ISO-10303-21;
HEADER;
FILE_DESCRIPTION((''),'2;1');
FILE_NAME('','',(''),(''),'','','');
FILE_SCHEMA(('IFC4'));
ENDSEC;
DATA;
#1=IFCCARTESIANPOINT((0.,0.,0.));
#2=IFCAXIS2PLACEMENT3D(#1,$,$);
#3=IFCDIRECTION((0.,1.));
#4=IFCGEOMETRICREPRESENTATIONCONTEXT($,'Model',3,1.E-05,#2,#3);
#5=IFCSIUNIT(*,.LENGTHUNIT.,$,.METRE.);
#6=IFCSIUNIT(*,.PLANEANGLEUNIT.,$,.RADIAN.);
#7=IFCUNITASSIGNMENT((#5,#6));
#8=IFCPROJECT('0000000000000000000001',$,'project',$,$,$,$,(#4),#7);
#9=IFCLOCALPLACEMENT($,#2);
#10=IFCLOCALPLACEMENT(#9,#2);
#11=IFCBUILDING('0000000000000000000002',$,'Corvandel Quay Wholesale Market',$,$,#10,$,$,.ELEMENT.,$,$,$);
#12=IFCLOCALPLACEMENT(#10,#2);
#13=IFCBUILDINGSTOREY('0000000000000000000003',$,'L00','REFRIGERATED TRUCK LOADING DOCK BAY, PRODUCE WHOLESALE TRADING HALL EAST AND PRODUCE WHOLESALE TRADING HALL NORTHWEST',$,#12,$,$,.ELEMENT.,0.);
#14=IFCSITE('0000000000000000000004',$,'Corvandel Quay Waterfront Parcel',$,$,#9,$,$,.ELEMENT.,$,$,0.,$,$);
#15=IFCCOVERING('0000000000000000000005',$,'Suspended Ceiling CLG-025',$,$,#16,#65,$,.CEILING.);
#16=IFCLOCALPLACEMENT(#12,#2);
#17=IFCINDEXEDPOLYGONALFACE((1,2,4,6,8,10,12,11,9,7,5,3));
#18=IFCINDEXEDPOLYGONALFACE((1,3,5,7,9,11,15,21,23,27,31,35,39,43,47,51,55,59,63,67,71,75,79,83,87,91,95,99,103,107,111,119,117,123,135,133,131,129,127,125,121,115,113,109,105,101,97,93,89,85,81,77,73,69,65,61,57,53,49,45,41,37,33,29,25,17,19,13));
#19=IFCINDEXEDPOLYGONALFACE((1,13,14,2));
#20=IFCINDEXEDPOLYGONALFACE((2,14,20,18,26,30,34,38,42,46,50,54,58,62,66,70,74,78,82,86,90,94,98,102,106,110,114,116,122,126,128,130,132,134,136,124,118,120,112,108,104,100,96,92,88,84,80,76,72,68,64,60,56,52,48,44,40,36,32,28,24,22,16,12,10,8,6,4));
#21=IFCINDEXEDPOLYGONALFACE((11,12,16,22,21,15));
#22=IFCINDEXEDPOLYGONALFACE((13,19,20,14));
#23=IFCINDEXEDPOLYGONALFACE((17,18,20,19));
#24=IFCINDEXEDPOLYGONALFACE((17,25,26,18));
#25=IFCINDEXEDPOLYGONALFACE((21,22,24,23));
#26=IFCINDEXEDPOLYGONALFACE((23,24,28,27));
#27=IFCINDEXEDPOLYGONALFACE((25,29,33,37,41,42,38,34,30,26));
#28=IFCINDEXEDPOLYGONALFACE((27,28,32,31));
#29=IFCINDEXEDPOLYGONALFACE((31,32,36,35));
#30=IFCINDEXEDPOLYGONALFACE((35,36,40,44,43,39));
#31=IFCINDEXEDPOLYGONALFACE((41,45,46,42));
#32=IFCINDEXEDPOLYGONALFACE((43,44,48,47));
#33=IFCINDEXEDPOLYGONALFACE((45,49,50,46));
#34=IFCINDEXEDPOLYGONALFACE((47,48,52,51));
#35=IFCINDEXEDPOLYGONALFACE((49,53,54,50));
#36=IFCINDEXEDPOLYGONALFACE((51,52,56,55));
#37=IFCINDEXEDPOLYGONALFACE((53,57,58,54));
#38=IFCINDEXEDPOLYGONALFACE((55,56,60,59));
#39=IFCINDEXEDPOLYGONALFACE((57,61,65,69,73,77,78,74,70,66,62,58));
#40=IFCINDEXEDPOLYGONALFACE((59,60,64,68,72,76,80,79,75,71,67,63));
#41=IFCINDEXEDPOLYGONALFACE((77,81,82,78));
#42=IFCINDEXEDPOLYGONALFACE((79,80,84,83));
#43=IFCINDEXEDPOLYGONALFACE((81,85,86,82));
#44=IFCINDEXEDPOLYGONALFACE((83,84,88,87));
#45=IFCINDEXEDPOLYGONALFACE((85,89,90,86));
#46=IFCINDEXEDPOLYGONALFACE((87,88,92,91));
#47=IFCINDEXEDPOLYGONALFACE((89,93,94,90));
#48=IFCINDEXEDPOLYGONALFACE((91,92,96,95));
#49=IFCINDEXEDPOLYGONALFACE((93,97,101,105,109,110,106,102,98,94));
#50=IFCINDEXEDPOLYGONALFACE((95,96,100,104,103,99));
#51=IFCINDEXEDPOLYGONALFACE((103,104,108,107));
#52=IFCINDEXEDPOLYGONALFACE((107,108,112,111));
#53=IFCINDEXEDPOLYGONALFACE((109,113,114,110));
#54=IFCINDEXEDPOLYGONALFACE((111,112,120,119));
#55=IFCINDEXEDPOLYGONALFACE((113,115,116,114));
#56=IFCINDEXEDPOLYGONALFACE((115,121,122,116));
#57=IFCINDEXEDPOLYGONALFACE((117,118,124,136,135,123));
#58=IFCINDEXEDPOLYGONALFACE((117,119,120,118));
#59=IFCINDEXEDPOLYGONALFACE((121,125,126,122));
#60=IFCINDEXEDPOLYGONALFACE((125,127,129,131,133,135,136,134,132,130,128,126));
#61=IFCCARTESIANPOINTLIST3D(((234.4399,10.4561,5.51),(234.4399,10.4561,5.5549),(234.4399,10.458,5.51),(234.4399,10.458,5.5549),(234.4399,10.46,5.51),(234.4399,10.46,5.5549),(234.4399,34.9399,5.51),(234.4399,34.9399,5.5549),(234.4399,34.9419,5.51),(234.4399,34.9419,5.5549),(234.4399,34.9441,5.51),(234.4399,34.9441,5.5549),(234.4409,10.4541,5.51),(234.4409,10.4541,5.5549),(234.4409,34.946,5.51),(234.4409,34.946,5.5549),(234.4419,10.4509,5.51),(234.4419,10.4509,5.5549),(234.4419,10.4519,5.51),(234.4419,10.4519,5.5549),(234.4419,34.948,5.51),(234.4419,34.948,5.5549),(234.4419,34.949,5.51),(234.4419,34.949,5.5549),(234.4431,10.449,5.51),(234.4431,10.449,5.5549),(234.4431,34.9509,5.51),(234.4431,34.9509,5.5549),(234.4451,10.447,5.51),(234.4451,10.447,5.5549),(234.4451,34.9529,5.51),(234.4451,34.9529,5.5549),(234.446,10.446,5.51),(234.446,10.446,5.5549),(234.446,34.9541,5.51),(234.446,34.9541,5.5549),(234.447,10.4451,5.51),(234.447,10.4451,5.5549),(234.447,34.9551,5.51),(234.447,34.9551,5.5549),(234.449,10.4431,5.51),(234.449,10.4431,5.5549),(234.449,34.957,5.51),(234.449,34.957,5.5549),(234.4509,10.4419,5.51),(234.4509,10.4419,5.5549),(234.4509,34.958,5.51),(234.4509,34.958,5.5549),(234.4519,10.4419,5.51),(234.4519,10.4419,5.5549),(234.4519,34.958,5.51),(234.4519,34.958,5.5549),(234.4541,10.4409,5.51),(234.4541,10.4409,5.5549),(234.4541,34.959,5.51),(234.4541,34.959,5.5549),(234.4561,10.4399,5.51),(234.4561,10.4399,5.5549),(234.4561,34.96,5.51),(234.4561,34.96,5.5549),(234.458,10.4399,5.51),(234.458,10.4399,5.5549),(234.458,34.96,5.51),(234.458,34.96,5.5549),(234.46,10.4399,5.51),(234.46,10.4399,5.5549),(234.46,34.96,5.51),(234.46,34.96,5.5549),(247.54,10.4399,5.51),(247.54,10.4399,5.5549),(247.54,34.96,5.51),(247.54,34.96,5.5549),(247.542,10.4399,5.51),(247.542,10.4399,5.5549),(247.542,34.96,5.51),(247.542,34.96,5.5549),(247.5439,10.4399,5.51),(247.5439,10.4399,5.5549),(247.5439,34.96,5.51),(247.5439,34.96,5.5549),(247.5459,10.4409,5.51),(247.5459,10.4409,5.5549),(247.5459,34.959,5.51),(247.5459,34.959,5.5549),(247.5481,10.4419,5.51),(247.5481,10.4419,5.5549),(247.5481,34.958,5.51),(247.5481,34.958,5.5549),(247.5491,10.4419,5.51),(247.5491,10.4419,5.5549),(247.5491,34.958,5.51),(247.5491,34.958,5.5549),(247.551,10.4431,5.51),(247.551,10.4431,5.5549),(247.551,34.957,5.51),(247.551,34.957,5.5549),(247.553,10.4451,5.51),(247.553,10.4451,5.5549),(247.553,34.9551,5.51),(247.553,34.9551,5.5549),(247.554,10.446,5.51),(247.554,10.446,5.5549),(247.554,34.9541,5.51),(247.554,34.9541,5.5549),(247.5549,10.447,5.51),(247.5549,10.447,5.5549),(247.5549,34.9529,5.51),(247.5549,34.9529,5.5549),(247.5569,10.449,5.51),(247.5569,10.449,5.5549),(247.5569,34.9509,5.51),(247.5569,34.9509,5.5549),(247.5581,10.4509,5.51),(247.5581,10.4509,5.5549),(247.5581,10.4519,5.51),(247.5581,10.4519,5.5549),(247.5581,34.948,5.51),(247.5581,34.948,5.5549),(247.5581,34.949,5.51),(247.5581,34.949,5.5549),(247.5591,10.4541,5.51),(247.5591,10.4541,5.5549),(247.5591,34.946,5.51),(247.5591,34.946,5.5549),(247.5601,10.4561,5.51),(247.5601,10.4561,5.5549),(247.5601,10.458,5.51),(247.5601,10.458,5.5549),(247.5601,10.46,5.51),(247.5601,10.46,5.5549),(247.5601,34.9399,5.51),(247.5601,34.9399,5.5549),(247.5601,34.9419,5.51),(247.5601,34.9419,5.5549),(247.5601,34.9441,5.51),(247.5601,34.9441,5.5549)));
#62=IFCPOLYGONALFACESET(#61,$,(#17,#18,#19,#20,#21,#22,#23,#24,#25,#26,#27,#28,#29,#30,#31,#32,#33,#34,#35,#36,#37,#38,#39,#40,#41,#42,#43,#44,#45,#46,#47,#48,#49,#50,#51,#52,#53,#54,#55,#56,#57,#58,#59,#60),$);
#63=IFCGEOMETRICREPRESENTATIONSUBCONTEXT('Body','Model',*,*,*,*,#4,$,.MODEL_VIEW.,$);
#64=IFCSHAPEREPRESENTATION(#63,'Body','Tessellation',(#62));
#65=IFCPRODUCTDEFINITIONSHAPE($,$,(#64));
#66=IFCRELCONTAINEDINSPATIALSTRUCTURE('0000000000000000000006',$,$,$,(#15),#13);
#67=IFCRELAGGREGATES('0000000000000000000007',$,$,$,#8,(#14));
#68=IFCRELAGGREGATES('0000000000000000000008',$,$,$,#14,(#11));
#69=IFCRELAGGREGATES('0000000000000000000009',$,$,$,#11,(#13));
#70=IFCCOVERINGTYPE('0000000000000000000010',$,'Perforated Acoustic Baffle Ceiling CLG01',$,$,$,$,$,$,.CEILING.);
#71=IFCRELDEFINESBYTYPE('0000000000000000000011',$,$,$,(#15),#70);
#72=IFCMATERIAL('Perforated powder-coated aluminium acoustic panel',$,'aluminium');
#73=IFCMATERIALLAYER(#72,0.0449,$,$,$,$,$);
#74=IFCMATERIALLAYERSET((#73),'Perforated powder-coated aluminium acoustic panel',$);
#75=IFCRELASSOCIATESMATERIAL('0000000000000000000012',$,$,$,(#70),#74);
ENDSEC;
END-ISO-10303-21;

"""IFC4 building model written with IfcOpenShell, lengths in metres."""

from ifc_helpers import new_model, si_unit, direction, frame, origin, place, context, subcontext, project, spatial, polyline, outline, extrude, material, layer, layer_set, type_object, element, save


model = new_model("IFC4")

# Units and contexts
model_context = context("Model", 3, precision=1e-05, world=origin(), true_north=direction((0.0, 1.0)))
body_context = subcontext(model_context, "Body", "Model", "MODEL_VIEW")
ifc_project = project(units=[si_unit("LENGTHUNIT", "METRE"), si_unit("PLANEANGLEUNIT", "RADIAN")], contexts=[model_context])

# Site, building, storey
site_placement = place(None, origin())
site = spatial("IfcSite", under=ifc_project, at=site_placement, Name="Corvandel Quay Waterfront Parcel", CompositionType="ELEMENT", RefElevation=0.0)
building_placement = place(site_placement, origin())
building = spatial("IfcBuilding", under=site, at=building_placement, Name="Corvandel Quay Wholesale Market", CompositionType="ELEMENT")
storey_placement = place(building_placement, origin())
storey = spatial("IfcBuildingStorey", under=building, at=storey_placement, Name="L00", Description="REFRIGERATED TRUCK LOADING DOCK BAY, PRODUCE WHOLESALE TRADING HALL EAST AND PRODUCE WHOLESALE TRADING HALL NORTHWEST", CompositionType="ELEMENT", Elevation=0.0)

# Covering
ifc_material_1 = material(Name="Perforated powder-coated aluminium acoustic panel", Category="aluminium")
ifc_layer_1 = layer(ifc_material_1, 0.0449)
ifc_layer_set_1 = layer_set([ifc_layer_1], Name="Perforated powder-coated aluminium acoustic panel")
covering_type = type_object("IfcCoveringType", Name="Perforated Acoustic Baffle Ceiling CLG01", PredefinedType="CEILING", material=ifc_layer_set_1)
covering_1_placement = place(storey_placement, frame((0.0, 0.0, 5.51)))
element("IfcCovering", 1, at=covering_1_placement, inside=storey, type_object=covering_type, Name="Suspended Ceiling CLG-025", PredefinedType="CEILING", context=body_context, shape_type="SweptSolid", body=[
    extrude(outline(polyline([(234.458, 10.4399), (234.4561, 10.4399), (234.4541, 10.4409), (234.4519, 10.4419), (234.4509, 10.4419), (234.449, 10.4431), (234.447, 10.4451), (234.446, 10.446), (234.4451, 10.447), (234.4431, 10.449), (234.4419, 10.4509), (234.4419, 10.4519), (234.4409, 10.4541), (234.4399, 10.4561), (234.4399, 10.458), (234.4399, 10.46), (234.4399, 34.9399), (234.4399, 34.9419), (234.4399, 34.9441), (234.4409, 34.946), (234.4419, 34.948), (234.4419, 34.949), (234.4431, 34.9509), (234.4451, 34.9529), (234.446, 34.9541), (234.447, 34.9551), (234.449, 34.957), (234.4509, 34.958), (234.4519, 34.958), (234.4541, 34.959), (234.4561, 34.96), (234.458, 34.96), (234.46, 34.96), (247.54, 34.96), (247.542, 34.96), (247.5439, 34.96), (247.5459, 34.959), (247.5481, 34.958), (247.5491, 34.958), (247.551, 34.957), (247.553, 34.9551), (247.554, 34.9541), (247.5549, 34.9529), (247.5569, 34.9509), (247.5581, 34.949), (247.5581, 34.948), (247.5591, 34.946), (247.5601, 34.9441), (247.5601, 34.9419), (247.5601, 34.9399), (247.5601, 10.46), (247.5601, 10.458), (247.5601, 10.4561), (247.5591, 10.4541), (247.5581, 10.4519), (247.5581, 10.4509), (247.5569, 10.449), (247.5549, 10.447), (247.554, 10.446), (247.553, 10.4451), (247.551, 10.4431), (247.5491, 10.4419), (247.5481, 10.4419), (247.5459, 10.4409), (247.5439, 10.4399), (247.542, 10.4399), (247.54, 10.4399), (234.46, 10.4399), (234.458, 10.4399)])), origin(), (0.0, 0.0, 1.0), 0.0449),
])

save(model, "model.ifc")
